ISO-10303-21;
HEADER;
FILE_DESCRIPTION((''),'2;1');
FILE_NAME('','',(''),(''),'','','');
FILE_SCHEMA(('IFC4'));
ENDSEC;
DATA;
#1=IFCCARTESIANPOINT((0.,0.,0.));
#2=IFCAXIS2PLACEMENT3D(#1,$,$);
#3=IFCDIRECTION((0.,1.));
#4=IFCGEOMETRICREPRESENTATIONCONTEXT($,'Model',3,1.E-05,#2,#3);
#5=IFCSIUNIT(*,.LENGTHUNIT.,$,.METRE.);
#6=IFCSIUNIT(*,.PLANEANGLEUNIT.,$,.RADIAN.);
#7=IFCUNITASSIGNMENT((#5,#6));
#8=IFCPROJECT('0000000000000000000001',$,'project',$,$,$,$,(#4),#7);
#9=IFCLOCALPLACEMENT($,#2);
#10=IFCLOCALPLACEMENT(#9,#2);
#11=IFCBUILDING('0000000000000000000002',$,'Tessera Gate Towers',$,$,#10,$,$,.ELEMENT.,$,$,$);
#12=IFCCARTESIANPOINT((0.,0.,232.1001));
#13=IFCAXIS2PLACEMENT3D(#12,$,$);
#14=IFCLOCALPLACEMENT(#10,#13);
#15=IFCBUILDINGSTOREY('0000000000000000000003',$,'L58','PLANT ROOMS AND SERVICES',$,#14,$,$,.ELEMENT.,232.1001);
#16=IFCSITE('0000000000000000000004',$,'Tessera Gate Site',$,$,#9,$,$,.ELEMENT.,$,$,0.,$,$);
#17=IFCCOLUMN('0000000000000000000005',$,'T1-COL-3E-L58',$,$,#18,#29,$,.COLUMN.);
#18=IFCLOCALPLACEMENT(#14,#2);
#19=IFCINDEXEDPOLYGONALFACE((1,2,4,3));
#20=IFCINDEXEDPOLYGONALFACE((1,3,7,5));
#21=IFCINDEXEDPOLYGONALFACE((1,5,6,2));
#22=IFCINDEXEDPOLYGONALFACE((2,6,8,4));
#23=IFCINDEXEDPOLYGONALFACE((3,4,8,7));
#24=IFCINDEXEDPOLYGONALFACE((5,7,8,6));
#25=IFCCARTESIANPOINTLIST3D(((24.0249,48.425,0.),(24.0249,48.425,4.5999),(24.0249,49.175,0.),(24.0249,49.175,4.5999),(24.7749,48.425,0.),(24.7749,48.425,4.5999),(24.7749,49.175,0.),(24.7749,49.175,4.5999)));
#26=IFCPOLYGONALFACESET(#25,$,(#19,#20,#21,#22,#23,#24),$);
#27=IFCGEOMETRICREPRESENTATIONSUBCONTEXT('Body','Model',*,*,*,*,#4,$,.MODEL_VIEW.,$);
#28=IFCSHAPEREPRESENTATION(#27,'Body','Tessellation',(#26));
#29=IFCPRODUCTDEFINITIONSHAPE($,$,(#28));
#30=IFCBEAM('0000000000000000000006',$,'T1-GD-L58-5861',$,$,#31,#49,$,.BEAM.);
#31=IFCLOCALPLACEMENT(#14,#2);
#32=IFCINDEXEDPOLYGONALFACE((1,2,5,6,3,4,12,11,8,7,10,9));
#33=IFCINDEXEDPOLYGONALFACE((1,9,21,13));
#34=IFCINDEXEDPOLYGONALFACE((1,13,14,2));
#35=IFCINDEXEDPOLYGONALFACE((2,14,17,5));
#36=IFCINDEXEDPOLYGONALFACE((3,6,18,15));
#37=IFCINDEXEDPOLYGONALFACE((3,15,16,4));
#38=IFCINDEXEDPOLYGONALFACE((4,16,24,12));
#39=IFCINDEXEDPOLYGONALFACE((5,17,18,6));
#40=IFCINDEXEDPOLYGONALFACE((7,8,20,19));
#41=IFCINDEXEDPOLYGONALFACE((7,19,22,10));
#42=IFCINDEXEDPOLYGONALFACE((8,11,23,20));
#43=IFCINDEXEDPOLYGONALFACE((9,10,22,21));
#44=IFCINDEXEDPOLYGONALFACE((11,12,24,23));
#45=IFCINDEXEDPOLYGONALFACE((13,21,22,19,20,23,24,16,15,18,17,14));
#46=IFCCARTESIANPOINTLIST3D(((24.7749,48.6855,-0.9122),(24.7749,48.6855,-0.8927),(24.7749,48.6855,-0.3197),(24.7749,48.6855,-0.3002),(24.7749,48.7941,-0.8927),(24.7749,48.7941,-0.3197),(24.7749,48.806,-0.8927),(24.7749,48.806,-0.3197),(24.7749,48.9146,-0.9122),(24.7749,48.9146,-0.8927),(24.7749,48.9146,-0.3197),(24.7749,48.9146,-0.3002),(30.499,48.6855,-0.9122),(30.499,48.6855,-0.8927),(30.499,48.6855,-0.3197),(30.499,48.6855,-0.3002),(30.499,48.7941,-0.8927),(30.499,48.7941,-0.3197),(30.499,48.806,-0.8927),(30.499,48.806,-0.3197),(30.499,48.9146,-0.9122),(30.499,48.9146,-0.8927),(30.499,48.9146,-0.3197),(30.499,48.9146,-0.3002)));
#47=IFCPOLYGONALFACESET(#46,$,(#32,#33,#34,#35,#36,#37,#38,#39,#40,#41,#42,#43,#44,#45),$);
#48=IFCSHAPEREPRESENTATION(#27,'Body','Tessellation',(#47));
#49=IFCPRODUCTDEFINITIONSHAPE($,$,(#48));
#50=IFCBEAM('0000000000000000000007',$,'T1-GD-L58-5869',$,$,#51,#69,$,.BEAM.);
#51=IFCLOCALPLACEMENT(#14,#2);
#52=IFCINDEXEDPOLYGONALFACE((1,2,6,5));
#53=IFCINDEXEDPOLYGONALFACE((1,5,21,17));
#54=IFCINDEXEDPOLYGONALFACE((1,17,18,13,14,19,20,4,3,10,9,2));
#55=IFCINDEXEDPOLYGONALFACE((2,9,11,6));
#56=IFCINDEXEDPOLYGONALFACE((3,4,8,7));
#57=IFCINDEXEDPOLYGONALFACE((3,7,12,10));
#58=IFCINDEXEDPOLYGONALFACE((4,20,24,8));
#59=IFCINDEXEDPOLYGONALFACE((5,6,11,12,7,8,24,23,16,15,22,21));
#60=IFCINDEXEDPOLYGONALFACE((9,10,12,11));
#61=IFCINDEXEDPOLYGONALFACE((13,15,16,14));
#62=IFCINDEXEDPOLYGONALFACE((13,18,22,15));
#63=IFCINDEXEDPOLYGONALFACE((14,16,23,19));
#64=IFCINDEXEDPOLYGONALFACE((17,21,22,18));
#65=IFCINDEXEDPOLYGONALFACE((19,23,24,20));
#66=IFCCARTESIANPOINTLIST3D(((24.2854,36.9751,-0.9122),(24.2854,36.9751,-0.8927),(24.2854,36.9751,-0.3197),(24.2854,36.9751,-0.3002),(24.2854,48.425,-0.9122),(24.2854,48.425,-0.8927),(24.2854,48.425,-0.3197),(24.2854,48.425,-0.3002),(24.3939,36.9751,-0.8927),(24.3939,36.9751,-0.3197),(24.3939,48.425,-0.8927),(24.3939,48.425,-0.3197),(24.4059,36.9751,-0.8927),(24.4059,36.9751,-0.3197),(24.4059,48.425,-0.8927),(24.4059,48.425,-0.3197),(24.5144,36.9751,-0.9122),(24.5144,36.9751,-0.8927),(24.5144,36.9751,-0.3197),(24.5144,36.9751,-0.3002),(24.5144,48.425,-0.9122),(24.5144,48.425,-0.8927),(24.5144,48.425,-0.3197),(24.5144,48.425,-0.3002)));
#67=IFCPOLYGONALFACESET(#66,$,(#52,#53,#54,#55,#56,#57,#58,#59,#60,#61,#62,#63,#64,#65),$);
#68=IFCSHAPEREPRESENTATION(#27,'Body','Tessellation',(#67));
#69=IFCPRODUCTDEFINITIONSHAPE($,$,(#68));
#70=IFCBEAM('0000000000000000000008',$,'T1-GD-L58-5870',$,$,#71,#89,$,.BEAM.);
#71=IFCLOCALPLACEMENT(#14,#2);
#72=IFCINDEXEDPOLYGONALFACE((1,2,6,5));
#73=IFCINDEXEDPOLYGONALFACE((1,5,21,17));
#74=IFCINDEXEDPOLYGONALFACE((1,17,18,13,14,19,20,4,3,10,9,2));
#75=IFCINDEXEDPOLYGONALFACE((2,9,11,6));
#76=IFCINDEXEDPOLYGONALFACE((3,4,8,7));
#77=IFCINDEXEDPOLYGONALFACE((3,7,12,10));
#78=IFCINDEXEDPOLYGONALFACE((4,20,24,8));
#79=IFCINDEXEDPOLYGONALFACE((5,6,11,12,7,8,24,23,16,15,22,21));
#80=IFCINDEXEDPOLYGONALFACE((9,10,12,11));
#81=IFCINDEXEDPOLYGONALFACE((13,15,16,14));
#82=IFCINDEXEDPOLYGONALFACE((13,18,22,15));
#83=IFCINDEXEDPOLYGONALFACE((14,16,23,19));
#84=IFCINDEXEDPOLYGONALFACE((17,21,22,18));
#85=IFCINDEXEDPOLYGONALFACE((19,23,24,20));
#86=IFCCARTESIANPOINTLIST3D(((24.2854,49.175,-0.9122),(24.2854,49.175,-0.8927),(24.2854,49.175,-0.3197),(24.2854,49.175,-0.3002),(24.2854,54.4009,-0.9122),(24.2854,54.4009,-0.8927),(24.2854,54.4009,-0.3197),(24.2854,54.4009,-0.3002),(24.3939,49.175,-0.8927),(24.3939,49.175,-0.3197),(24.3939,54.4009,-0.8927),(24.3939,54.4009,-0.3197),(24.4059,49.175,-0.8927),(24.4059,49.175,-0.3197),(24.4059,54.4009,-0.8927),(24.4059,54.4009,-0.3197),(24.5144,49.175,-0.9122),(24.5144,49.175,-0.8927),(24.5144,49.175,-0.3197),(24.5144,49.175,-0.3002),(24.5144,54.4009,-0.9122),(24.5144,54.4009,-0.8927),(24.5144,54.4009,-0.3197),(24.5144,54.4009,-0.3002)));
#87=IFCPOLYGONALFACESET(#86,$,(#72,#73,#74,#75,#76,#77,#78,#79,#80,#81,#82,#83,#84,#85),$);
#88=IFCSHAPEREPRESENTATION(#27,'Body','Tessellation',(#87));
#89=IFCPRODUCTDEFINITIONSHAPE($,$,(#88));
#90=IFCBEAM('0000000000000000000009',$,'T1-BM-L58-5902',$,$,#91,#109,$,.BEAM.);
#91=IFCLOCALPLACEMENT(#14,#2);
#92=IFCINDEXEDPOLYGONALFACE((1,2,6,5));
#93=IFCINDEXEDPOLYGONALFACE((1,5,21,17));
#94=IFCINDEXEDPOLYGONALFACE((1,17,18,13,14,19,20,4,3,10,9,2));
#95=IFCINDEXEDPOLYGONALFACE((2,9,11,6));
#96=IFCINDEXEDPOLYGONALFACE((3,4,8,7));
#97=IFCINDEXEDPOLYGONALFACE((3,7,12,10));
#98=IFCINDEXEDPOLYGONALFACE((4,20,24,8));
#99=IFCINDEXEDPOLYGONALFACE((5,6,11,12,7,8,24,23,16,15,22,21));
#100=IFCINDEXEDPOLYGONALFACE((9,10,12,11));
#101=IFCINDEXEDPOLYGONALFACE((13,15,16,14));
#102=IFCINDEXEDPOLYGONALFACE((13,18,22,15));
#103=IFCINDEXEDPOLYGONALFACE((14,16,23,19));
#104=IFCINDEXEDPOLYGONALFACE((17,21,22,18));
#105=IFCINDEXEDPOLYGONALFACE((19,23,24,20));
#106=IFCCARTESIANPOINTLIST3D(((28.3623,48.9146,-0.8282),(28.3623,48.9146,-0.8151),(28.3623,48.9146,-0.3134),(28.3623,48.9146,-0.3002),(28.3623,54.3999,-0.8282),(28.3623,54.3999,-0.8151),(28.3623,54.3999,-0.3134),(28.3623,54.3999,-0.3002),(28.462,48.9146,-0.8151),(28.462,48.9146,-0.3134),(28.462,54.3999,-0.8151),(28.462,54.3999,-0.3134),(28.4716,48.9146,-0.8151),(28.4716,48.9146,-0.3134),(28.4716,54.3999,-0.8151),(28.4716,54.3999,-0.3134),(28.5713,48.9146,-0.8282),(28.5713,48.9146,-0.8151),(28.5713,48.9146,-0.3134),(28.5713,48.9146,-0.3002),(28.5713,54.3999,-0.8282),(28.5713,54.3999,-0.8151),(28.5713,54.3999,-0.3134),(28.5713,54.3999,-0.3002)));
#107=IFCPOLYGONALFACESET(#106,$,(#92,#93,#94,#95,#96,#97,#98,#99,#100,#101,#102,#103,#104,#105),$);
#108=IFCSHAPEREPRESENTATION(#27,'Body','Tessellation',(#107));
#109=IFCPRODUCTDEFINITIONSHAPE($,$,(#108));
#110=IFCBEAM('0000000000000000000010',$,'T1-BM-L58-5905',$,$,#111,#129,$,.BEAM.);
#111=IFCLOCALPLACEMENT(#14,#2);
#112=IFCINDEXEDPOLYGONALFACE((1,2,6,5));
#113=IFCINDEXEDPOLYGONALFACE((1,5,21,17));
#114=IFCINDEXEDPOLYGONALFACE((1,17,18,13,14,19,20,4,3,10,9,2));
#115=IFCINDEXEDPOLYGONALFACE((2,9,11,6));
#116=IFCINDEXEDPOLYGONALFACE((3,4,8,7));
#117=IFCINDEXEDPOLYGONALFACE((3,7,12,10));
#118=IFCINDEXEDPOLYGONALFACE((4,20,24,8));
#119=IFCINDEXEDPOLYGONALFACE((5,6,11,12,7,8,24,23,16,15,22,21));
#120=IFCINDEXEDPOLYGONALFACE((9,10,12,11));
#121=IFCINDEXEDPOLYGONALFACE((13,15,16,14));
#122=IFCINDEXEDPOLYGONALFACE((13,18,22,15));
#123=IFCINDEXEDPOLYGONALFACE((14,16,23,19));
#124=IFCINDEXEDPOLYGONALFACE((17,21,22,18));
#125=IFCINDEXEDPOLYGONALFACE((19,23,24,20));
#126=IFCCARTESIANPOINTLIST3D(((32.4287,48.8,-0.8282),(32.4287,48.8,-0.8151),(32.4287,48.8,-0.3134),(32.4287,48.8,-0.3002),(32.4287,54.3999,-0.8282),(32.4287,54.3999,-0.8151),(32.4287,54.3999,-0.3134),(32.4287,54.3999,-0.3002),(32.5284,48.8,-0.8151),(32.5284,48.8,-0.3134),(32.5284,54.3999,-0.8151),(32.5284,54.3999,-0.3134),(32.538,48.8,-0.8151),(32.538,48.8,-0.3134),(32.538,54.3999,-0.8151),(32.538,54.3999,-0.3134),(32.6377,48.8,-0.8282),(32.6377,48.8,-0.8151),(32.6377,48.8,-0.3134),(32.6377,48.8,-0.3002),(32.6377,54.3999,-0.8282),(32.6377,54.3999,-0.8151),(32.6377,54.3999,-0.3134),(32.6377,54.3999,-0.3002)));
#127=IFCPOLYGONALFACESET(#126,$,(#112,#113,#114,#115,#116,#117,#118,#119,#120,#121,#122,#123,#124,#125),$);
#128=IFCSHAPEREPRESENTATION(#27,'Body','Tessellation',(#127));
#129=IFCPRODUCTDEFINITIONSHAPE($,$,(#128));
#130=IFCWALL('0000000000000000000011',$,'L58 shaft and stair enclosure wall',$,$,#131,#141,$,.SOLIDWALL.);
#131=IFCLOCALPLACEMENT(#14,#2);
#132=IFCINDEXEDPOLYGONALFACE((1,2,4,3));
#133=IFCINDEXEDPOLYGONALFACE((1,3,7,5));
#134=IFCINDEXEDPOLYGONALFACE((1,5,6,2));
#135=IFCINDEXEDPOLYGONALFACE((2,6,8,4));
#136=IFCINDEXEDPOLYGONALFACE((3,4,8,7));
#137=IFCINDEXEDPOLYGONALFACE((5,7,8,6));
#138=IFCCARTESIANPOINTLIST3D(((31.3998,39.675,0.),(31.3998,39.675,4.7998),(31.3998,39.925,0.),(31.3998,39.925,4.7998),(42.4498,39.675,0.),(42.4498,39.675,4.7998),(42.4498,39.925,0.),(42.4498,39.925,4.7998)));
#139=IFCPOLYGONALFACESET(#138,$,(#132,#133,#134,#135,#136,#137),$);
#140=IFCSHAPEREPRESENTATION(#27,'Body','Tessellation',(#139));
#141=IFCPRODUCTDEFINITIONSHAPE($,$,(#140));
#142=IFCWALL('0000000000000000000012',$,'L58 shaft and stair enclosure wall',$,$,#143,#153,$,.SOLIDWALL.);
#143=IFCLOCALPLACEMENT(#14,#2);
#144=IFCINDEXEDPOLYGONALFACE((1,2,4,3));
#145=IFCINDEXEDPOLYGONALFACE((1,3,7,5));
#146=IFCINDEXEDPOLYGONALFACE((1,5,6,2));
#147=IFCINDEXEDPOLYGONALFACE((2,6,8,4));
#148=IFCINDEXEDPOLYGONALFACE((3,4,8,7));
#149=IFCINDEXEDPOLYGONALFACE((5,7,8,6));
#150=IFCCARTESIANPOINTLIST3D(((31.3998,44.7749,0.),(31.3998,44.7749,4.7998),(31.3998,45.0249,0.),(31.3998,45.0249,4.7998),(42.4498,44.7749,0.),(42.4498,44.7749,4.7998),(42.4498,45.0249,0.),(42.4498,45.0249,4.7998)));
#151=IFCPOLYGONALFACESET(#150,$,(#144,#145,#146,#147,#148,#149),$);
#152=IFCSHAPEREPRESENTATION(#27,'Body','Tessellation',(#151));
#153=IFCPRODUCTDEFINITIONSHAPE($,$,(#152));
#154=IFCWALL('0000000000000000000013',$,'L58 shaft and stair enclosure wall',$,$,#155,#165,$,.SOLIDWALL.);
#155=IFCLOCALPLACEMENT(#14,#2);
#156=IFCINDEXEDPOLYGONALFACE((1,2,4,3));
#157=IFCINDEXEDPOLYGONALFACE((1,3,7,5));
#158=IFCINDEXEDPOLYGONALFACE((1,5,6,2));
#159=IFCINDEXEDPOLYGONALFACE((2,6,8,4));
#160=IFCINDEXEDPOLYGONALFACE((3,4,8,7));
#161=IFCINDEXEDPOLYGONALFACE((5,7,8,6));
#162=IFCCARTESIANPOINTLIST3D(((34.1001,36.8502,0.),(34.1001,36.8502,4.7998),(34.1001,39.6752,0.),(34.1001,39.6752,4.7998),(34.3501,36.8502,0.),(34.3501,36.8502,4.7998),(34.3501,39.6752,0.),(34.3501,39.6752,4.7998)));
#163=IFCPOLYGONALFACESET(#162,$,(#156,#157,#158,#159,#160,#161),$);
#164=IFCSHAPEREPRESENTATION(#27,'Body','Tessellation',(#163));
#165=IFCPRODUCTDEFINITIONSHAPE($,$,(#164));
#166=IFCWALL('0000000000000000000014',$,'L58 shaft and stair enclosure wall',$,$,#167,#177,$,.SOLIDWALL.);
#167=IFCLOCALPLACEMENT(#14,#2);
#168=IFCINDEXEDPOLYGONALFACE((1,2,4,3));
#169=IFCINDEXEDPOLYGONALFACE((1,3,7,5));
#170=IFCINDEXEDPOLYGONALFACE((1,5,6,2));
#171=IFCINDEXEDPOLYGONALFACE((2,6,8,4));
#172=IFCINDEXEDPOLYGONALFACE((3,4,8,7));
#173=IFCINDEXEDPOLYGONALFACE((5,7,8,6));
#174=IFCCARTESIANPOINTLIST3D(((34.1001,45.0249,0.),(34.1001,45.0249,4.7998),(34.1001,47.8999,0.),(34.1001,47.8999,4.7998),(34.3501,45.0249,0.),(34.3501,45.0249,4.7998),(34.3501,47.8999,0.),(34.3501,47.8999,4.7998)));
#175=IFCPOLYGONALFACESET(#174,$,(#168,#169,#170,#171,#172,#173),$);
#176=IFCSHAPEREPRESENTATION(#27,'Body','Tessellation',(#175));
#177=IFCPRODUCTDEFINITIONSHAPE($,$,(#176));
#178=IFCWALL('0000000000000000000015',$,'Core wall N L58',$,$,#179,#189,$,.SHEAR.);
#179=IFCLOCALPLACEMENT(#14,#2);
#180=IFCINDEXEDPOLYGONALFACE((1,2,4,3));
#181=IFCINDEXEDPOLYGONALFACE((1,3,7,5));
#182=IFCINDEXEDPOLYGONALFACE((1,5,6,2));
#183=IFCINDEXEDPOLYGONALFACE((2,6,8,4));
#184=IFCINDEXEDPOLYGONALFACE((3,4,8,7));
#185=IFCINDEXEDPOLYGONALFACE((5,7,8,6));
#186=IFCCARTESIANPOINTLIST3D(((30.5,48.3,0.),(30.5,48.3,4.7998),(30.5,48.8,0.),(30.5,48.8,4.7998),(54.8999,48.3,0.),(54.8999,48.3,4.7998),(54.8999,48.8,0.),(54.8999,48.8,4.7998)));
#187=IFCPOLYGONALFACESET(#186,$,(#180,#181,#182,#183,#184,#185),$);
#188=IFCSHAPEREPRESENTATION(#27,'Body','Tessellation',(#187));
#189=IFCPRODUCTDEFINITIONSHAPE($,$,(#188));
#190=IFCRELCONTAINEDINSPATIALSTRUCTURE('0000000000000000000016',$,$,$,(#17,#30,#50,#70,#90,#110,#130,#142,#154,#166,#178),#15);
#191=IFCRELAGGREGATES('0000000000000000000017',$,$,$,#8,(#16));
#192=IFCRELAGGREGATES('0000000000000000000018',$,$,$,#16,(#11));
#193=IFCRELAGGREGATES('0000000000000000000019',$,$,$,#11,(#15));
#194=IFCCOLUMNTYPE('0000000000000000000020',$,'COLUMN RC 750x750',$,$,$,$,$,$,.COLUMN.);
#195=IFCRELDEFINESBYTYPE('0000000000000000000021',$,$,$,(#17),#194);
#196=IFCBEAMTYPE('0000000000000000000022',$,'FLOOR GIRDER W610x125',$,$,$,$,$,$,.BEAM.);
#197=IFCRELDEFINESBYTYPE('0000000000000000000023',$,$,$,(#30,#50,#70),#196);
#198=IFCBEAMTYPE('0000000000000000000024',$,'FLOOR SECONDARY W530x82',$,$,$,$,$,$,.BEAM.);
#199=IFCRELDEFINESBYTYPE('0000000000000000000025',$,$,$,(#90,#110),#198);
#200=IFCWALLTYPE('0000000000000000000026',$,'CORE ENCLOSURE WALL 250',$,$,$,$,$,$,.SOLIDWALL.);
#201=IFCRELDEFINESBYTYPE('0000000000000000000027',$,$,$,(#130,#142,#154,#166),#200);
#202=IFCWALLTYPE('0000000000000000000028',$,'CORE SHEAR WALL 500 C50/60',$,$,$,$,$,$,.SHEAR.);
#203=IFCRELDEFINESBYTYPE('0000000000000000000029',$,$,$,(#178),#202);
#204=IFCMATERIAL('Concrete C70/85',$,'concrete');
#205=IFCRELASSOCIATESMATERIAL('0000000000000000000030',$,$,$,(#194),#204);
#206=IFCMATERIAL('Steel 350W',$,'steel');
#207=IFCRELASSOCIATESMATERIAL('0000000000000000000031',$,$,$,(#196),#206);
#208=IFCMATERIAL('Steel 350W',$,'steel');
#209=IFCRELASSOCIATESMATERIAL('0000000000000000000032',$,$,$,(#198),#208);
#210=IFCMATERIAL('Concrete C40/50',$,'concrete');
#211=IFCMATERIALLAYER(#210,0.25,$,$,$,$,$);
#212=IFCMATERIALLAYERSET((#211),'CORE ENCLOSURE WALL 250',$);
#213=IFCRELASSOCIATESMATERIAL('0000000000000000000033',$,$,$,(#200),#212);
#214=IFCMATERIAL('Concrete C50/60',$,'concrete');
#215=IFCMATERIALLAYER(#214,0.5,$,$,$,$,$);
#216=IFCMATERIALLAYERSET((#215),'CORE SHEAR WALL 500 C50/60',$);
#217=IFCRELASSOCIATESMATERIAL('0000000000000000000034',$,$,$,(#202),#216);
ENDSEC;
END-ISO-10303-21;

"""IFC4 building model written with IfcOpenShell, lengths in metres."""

from ifc_helpers import new_model, si_unit, direction, frame, frame_2d, origin, origin_2d, place, context, subcontext, project, spatial, rectangle, i_section, extrude, material, layer, layer_set, material_profile, profile_set, type_object, element, save


model = new_model("IFC4")

# Units and contexts
model_context = context("Model", 3, precision=1e-05, world=origin(), true_north=direction((0.0, 1.0)))
body_context = subcontext(model_context, "Body", "Model", "MODEL_VIEW")
ifc_project = project(units=[si_unit("LENGTHUNIT", "METRE"), si_unit("PLANEANGLEUNIT", "RADIAN")], contexts=[model_context])

# Site, building, storey
site_placement = place(None, origin())
site = spatial("IfcSite", under=ifc_project, at=site_placement, Name="Tessera Gate Site", CompositionType="ELEMENT", RefElevation=0.0)
building_placement = place(site_placement, origin())
building = spatial("IfcBuilding", under=site, at=building_placement, Name="Tessera Gate Towers", CompositionType="ELEMENT")
storey_placement = place(building_placement, frame((0.0, 0.0, 232.1001)))
storey = spatial("IfcBuildingStorey", under=building, at=storey_placement, Name="L58", Description="PLANT ROOMS AND SERVICES", CompositionType="ELEMENT", Elevation=232.1001)

# Column
ifc_material_1 = material(Name="Concrete C70/85", Category="concrete")
ifc_material_profile_1 = material_profile(ifc_material_1, rectangle(XDim=0.75, YDim=0.75, at=origin_2d()), Name="RC 750x750")
ifc_profile_set_1 = profile_set([ifc_material_profile_1], Name="Concrete C70/85")
column_type = type_object("IfcColumnType", Name="COLUMN RC 750x750", PredefinedType="COLUMN", material=ifc_profile_set_1)
column_placement = place(storey_placement, frame((24.3999, 48.8, 0.0), z_axis=(0.0, 0.0, 1.0), x_axis=(1.0, 0.0, 0.0)))
element("IfcColumn", 1, at=column_placement, inside=storey, type_object=column_type, Name="T1-COL-3E-L58", PredefinedType="COLUMN", context=body_context, shape_type="SweptSolid", body=[
    extrude(rectangle(XDim=0.75, YDim=0.75, at=origin_2d()), origin(), (0.0, 0.0, 1.0), 4.5999),
])

# Beams
ifc_material_2 = material(Name="Steel 350W", Category="steel")
ifc_material_profile_2 = material_profile(ifc_material_2, i_section(OverallWidth=0.229, OverallDepth=0.6121, WebThickness=0.012, FlangeThickness=0.0195, at=origin_2d()), Name="W610x125")
ifc_profile_set_2 = profile_set([ifc_material_profile_2], Name="Steel 350W")
beam_type_1 = type_object("IfcBeamType", Name="FLOOR GIRDER W610x125", PredefinedType="BEAM", material=ifc_profile_set_2)
beam_1_placement = place(storey_placement, frame((24.7749, 48.8, -0.6062), z_axis=(1.0, 0.0, 0.0), x_axis=(0.0, 1.0, 0.0)))
element("IfcBeam", 2, at=beam_1_placement, inside=storey, type_object=beam_type_1, Name="T1-GD-L58-5861", PredefinedType="BEAM", context=body_context, shape_type="SweptSolid", body=[
    extrude(i_section(OverallWidth=0.229, OverallDepth=0.6121, WebThickness=0.012, FlangeThickness=0.0195, at=origin_2d()), origin(), (0.0, 0.0, 1.0), 5.7241),
])
beam_2_placement = place(storey_placement, frame((24.3999, 36.9751, -0.6062), z_axis=(0.0, 1.0, 0.0), x_axis=(-1.0, 0.0, 0.0)))
element("IfcBeam", 3, at=beam_2_placement, inside=storey, type_object=beam_type_1, Name="T1-GD-L58-5869", PredefinedType="BEAM", context=body_context, shape_type="SweptSolid", body=[
    extrude(i_section(OverallWidth=0.229, OverallDepth=0.6121, WebThickness=0.012, FlangeThickness=0.0195, at=origin_2d()), origin(), (0.0, 0.0, 1.0), 11.45),
])
beam_3_placement = place(storey_placement, frame((24.3999, 49.175, -0.6062), z_axis=(0.0, 1.0, 0.0), x_axis=(-1.0, 0.0, 0.0)))
element("IfcBeam", 4, at=beam_3_placement, inside=storey, type_object=beam_type_1, Name="T1-GD-L58-5870", PredefinedType="BEAM", context=body_context, shape_type="SweptSolid", body=[
    extrude(i_section(OverallWidth=0.229, OverallDepth=0.6121, WebThickness=0.012, FlangeThickness=0.0195, at=origin_2d()), origin(), (0.0, 0.0, 1.0), 5.2258),
])
ifc_material_3 = material(Name="Steel 350W", Category="steel")
ifc_material_profile_3 = material_profile(ifc_material_3, i_section(OverallWidth=0.209, OverallDepth=0.5281, WebThickness=0.0095, FlangeThickness=0.0132, at=origin_2d()), Name="W530x82")
ifc_profile_set_3 = profile_set([ifc_material_profile_3], Name="Steel 350W")
beam_type_2 = type_object("IfcBeamType", Name="FLOOR SECONDARY W530x82", PredefinedType="BEAM", material=ifc_profile_set_3)
beam_4_placement = place(storey_placement, frame((28.4668, 48.9146, -0.5642), z_axis=(0.0, 1.0, 0.0), x_axis=(-1.0, 0.0, 0.0)))
element("IfcBeam", 5, at=beam_4_placement, inside=storey, type_object=beam_type_2, Name="T1-BM-L58-5902", PredefinedType="BEAM", context=body_context, shape_type="SweptSolid", body=[
    extrude(i_section(OverallWidth=0.209, OverallDepth=0.5281, WebThickness=0.0095, FlangeThickness=0.0132, at=origin_2d()), origin(), (0.0, 0.0, 1.0), 5.4854),
])
beam_5_placement = place(storey_placement, frame((32.5332, 48.8, -0.5642), z_axis=(0.0, 1.0, 0.0), x_axis=(-1.0, 0.0, 0.0)))
element("IfcBeam", 6, at=beam_5_placement, inside=storey, type_object=beam_type_2, Name="T1-BM-L58-5905", PredefinedType="BEAM", context=body_context, shape_type="SweptSolid", body=[
    extrude(i_section(OverallWidth=0.209, OverallDepth=0.5281, WebThickness=0.0095, FlangeThickness=0.0132, at=origin_2d()), origin(), (0.0, 0.0, 1.0), 5.5999),
])

# Walls
ifc_material_4 = material(Name="Concrete C40/50", Category="concrete")
ifc_layer_1 = layer(ifc_material_4, 0.25)
ifc_layer_set_1 = layer_set([ifc_layer_1], Name="CORE ENCLOSURE WALL 250")
wall_type_1 = type_object("IfcWallType", Name="CORE ENCLOSURE WALL 250", PredefinedType="SOLIDWALL", material=ifc_layer_set_1)
for number, where, z_axis, x_axis, name in (
    (7, (31.3999, 39.8, 0.0), (0.0, 0.0, 1.0), (1.0, 0.0, 0.0), "L58 shaft and stair enclosure wall"),
    (8, (31.3999, 44.8999, 0.0), (0.0, 0.0, 1.0), (1.0, 0.0, 0.0), "L58 shaft and stair enclosure wall"),
):
    element("IfcWall", number, at=place(storey_placement, frame(where, z_axis=z_axis, x_axis=x_axis)), inside=storey, type_object=wall_type_1, Name=name, PredefinedType="SOLIDWALL", context=body_context, shape_type="SweptSolid", body=[
        extrude(rectangle(XDim=11.05, YDim=0.25, at=frame_2d((5.5249, 0.0))), origin(), (0.0, 0.0, 1.0), 4.7998),
    ])
wall_1_placement = place(storey_placement, frame((34.2251, 36.8501, 0.0), z_axis=(0.0, 0.0, 1.0), x_axis=(0.0, 1.0, 0.0)))
element("IfcWall", 9, at=wall_1_placement, inside=storey, type_object=wall_type_1, Name="L58 shaft and stair enclosure wall", PredefinedType="SOLIDWALL", context=body_context, shape_type="SweptSolid", body=[
    extrude(rectangle(XDim=2.825, YDim=0.25, at=frame_2d((1.4126, 0.0))), origin(), (0.0, 0.0, 1.0), 4.7998),
])
wall_2_placement = place(storey_placement, frame((34.2251, 45.0249, 0.0), z_axis=(0.0, 0.0, 1.0), x_axis=(0.0, 1.0, 0.0)))
element("IfcWall", 10, at=wall_2_placement, inside=storey, type_object=wall_type_1, Name="L58 shaft and stair enclosure wall", PredefinedType="SOLIDWALL", context=body_context, shape_type="SweptSolid", body=[
    extrude(rectangle(XDim=2.875, YDim=0.25, at=frame_2d((1.4375, 0.0))), origin(), (0.0, 0.0, 1.0), 4.7998),
])
ifc_material_5 = material(Name="Concrete C50/60", Category="concrete")
ifc_layer_2 = layer(ifc_material_5, 0.5)
ifc_layer_set_2 = layer_set([ifc_layer_2], Name="CORE SHEAR WALL 500 C50/60")
wall_type_2 = type_object("IfcWallType", Name="CORE SHEAR WALL 500 C50/60", PredefinedType="SHEAR", material=ifc_layer_set_2)
wall_3_placement = place(storey_placement, frame((30.5, 48.55, 0.0), z_axis=(0.0, 0.0, 1.0), x_axis=(1.0, 0.0, 0.0)))
element("IfcWall", 11, at=wall_3_placement, inside=storey, type_object=wall_type_2, Name="Core wall N L58", PredefinedType="SHEAR", context=body_context, shape_type="SweptSolid", body=[
    extrude(rectangle(XDim=24.3999, YDim=0.5, at=frame_2d((12.2, 0.0))), origin(), (0.0, 0.0, 1.0), 4.7998),
])

save(model, "model.ifc")
